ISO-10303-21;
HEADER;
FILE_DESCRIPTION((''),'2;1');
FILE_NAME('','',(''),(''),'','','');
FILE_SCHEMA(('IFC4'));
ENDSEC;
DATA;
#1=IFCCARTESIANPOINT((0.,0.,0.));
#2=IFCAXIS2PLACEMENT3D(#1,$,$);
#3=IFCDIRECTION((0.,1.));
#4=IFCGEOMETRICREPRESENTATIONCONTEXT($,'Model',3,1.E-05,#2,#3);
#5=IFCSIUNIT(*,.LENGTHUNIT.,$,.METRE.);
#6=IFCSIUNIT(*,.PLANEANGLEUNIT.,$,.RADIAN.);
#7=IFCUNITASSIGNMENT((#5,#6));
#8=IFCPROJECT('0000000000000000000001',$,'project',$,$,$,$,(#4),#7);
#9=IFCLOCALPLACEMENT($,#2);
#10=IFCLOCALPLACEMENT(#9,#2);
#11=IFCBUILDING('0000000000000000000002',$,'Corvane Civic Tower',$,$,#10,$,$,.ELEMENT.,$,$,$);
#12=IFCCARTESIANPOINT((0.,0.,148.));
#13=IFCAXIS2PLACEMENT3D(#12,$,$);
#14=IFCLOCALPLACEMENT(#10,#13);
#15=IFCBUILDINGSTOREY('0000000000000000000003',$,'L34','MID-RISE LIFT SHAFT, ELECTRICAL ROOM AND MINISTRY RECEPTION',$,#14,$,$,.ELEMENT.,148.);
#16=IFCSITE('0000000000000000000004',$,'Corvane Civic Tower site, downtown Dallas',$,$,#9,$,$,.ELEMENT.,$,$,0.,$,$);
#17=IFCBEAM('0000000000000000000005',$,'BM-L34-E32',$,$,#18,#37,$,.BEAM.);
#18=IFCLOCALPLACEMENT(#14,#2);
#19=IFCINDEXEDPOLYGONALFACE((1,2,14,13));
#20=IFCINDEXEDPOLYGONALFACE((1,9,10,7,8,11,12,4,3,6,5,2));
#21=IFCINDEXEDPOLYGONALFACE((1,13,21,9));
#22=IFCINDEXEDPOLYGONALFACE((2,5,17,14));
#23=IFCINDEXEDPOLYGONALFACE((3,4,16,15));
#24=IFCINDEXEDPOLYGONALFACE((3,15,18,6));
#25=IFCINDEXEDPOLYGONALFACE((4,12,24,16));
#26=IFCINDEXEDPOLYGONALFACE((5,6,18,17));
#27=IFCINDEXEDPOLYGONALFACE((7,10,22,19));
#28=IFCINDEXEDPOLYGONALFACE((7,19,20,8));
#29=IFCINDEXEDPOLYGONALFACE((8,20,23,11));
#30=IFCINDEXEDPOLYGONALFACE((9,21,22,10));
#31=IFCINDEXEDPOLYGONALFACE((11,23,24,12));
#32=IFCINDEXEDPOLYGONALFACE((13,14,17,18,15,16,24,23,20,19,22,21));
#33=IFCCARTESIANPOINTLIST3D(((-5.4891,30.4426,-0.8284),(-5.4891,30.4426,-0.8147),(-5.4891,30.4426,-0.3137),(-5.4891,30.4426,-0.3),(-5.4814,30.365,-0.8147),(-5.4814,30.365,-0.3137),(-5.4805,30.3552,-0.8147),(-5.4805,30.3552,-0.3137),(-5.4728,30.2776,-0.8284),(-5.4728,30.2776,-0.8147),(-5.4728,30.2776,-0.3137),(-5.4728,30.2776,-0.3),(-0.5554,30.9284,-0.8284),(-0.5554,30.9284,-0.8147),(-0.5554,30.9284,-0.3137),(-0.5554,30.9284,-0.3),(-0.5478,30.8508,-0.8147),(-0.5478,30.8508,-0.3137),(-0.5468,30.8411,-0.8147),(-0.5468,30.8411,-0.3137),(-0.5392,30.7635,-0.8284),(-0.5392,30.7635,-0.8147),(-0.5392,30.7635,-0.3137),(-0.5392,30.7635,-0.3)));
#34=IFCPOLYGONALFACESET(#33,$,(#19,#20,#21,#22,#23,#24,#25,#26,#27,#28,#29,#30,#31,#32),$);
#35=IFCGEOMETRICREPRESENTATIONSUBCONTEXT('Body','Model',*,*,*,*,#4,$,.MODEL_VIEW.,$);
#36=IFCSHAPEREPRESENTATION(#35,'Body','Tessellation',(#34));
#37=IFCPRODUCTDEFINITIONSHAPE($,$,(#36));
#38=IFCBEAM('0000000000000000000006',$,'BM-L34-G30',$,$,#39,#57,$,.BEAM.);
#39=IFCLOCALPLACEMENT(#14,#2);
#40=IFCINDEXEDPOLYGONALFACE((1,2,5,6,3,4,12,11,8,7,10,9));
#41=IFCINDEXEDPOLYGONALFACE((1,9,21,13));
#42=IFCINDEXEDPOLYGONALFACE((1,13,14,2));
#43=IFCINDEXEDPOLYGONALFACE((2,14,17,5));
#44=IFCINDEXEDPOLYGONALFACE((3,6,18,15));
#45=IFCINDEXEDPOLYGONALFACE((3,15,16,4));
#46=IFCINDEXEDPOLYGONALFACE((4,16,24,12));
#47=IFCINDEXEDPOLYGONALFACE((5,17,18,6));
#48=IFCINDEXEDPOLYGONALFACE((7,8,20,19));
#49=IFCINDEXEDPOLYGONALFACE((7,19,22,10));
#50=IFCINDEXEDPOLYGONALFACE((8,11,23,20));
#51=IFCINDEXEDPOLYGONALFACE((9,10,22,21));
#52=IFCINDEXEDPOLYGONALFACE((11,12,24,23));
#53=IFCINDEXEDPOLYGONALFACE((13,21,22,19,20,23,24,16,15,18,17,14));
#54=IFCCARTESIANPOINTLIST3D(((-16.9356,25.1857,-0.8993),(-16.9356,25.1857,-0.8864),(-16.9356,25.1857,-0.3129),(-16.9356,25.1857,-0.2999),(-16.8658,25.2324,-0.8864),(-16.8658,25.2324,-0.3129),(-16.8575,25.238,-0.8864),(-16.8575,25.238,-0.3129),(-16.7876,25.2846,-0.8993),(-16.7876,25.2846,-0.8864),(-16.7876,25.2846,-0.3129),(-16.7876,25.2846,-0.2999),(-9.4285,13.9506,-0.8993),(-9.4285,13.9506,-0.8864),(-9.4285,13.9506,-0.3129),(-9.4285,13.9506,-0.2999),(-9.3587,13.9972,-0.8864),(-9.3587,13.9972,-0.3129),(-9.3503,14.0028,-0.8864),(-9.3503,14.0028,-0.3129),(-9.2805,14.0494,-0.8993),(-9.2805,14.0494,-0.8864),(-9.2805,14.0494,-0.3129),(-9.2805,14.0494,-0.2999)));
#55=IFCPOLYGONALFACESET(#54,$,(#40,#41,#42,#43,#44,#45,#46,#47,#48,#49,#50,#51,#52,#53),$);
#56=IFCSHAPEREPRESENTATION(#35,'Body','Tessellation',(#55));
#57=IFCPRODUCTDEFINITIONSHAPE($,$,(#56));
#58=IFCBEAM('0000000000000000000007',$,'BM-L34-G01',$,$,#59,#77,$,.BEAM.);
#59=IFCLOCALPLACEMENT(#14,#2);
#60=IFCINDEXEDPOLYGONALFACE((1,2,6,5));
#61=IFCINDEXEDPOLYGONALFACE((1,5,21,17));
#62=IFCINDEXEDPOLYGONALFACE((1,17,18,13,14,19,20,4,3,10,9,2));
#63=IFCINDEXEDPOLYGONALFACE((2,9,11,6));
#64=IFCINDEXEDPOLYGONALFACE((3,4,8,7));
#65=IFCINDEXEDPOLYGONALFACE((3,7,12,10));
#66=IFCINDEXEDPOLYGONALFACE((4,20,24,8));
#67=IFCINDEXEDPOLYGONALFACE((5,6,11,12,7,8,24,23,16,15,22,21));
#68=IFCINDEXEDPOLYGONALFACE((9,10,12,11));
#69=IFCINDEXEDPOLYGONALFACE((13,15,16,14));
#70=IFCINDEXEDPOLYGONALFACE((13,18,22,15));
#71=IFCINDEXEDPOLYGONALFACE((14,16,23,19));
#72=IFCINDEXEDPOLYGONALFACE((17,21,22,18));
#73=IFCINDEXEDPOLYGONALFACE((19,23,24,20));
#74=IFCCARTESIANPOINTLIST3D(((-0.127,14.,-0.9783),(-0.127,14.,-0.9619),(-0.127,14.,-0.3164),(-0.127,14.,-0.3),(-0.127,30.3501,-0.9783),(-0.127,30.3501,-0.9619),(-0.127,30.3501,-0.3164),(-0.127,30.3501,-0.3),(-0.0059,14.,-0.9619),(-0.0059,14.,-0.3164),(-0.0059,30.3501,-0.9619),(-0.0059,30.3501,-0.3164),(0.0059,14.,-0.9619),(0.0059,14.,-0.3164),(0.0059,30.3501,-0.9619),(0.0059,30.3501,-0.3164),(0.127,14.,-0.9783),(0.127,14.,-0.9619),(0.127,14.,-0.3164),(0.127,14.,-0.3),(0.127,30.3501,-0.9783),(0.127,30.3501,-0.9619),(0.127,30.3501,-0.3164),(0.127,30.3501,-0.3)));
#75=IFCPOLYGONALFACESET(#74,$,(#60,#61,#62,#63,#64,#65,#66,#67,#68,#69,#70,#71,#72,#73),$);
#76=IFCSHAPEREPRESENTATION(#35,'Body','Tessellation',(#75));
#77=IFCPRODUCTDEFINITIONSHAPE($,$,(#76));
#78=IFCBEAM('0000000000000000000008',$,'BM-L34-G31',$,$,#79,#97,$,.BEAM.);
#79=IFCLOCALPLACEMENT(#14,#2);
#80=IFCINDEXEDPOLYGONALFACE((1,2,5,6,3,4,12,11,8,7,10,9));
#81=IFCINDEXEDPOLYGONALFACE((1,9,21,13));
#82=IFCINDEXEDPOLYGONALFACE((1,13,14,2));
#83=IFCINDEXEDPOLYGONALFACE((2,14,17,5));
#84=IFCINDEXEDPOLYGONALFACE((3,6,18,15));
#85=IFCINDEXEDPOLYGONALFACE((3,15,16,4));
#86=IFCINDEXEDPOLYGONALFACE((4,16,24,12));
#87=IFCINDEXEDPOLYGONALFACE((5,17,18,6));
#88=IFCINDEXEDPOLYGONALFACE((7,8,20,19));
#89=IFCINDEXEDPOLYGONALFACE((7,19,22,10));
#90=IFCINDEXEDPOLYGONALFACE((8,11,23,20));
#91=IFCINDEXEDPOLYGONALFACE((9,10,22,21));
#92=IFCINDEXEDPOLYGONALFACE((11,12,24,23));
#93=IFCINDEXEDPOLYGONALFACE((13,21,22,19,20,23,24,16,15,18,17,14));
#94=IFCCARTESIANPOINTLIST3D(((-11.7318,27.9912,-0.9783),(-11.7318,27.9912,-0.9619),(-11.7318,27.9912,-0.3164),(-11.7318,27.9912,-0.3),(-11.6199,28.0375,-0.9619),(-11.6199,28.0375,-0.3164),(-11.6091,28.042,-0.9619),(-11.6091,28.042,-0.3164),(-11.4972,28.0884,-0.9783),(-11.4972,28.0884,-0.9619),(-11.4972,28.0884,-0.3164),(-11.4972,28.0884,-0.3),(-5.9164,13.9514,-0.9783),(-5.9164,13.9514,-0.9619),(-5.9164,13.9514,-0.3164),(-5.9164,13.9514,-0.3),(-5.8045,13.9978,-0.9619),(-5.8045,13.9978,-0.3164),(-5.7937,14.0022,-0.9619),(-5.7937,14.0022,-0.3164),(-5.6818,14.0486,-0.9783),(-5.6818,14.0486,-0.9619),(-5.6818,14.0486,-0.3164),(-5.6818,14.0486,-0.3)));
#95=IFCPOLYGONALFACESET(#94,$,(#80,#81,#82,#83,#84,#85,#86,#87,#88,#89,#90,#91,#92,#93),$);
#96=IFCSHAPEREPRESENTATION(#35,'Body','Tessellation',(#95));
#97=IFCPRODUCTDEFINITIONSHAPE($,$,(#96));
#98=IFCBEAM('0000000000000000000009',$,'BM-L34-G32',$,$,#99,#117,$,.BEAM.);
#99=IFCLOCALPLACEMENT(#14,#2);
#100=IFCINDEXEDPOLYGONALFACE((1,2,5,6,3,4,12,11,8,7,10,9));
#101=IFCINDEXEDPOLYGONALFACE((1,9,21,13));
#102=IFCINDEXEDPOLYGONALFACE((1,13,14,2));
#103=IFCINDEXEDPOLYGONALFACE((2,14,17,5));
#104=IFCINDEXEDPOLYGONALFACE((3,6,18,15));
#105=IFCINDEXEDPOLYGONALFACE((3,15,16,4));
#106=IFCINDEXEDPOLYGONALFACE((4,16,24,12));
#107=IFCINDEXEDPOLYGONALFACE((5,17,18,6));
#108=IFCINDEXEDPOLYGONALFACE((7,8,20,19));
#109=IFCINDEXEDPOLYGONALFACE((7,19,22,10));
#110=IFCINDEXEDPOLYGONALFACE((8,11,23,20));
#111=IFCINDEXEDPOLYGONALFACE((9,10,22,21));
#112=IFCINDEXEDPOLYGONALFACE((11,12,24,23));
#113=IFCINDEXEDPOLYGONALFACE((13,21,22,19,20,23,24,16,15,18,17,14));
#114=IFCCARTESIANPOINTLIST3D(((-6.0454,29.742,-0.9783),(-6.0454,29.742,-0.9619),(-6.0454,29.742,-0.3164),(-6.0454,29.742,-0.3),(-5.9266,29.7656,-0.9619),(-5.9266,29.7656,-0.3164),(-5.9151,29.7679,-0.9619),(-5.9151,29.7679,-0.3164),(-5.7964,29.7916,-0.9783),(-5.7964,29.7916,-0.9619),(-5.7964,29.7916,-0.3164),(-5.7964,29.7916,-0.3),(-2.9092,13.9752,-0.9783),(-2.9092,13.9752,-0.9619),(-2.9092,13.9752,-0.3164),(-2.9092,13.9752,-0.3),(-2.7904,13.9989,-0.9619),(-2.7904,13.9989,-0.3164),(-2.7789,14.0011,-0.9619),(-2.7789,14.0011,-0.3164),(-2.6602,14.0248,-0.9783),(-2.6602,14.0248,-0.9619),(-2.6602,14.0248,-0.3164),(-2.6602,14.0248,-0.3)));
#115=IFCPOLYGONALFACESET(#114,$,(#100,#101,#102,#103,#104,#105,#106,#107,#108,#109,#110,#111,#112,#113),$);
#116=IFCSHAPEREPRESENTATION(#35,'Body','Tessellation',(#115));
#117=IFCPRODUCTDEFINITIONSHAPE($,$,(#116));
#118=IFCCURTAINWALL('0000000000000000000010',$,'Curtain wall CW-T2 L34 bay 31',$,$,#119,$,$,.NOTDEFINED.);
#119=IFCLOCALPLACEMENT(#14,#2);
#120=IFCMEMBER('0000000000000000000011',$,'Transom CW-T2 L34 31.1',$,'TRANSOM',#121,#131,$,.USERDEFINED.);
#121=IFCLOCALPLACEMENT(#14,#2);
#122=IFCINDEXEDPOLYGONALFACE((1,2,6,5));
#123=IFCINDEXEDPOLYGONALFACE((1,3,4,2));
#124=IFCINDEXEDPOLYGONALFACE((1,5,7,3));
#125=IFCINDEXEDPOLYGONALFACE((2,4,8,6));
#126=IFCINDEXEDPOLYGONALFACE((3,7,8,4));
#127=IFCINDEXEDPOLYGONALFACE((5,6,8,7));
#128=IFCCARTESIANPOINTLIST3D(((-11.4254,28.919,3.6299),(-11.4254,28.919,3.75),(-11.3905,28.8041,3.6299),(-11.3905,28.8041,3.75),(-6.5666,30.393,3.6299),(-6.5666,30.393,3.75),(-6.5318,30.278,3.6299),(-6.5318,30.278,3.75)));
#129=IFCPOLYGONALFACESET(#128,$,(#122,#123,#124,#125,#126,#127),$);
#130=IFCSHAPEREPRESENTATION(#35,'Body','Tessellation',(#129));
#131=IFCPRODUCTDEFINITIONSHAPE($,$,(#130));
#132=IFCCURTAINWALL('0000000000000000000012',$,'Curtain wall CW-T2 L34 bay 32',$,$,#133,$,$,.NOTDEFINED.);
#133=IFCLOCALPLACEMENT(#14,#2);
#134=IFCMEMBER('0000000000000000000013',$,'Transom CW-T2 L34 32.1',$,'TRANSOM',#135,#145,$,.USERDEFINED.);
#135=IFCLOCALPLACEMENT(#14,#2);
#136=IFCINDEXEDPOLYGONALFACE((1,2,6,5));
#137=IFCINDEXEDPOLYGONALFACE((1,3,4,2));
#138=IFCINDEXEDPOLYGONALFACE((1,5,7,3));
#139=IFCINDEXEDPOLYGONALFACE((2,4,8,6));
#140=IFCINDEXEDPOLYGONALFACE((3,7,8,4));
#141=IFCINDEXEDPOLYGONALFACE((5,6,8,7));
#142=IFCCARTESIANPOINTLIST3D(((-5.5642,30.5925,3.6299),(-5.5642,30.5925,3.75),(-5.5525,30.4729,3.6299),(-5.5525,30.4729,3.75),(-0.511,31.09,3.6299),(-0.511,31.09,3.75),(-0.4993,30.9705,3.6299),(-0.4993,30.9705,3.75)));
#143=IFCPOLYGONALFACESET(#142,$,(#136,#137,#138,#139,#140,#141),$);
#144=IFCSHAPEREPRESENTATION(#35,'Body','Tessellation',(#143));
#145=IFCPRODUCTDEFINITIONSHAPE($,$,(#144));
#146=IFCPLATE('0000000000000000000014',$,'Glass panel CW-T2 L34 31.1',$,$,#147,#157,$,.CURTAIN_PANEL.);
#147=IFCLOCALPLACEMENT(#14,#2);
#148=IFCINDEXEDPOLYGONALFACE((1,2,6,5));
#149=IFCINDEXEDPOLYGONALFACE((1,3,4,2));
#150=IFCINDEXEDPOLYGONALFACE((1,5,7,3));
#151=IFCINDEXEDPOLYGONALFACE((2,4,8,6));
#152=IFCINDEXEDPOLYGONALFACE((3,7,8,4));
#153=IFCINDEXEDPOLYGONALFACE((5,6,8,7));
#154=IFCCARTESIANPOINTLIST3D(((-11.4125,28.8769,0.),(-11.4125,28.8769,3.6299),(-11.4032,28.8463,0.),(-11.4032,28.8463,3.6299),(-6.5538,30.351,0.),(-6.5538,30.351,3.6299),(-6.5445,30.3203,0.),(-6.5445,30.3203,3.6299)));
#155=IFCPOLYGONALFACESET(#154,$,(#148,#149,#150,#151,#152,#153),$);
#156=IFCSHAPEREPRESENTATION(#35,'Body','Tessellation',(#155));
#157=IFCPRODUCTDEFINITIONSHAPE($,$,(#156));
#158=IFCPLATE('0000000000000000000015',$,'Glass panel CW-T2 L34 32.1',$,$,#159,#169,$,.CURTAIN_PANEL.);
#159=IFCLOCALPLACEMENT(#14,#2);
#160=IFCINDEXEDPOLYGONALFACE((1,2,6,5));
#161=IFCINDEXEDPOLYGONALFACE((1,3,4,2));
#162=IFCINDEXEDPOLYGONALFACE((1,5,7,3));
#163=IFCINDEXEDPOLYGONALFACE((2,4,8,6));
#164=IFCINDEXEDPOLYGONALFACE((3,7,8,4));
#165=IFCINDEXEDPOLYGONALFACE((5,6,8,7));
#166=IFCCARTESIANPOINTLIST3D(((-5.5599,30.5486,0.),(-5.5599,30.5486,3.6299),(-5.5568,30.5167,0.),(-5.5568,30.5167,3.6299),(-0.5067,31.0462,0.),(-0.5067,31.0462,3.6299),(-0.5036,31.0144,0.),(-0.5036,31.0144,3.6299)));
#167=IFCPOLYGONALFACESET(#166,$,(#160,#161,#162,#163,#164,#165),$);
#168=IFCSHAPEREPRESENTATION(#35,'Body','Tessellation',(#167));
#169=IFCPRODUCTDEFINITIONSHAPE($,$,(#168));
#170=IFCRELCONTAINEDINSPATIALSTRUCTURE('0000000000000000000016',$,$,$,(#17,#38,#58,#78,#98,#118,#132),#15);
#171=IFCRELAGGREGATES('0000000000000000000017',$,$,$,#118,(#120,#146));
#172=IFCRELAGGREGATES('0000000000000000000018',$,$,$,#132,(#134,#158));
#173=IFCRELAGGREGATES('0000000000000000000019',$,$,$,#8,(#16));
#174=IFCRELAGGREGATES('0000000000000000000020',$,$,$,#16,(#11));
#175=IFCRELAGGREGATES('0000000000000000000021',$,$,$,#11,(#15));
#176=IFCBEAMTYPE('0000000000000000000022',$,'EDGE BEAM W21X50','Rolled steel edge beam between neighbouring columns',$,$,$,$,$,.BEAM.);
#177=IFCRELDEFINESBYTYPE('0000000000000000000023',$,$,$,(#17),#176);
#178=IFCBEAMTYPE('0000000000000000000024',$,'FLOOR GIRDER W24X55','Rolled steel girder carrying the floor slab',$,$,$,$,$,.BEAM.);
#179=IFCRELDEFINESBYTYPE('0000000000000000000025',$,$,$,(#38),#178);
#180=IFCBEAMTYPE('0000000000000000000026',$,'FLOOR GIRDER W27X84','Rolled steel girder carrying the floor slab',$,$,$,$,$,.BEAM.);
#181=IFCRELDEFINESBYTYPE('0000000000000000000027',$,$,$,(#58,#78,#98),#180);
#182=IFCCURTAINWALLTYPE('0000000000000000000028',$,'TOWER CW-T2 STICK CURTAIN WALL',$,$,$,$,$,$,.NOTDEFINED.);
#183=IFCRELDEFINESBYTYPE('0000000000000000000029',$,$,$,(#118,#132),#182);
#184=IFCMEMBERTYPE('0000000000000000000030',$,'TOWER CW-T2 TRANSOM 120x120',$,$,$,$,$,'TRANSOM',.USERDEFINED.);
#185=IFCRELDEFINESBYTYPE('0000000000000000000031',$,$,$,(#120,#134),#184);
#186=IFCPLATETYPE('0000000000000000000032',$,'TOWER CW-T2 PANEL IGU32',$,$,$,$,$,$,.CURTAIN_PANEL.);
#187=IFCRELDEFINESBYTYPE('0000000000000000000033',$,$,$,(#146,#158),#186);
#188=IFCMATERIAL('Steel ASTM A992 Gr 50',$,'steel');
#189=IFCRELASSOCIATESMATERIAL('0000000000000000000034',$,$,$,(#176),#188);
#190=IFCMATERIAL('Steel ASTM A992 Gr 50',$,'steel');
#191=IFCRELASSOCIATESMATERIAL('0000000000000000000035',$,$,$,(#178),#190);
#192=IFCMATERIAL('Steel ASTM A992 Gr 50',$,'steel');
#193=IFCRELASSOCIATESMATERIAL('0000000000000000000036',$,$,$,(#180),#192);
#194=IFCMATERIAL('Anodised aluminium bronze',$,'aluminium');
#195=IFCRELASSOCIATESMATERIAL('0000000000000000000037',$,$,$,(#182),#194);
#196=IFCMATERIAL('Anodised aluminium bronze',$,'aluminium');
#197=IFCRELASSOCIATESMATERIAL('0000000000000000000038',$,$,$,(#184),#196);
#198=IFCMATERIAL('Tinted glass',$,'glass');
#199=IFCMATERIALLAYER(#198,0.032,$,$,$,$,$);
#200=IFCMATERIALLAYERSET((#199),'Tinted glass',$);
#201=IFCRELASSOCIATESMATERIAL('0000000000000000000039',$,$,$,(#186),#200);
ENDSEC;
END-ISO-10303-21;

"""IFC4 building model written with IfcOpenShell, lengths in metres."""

from ifc_helpers import new_model, si_unit, direction, frame, origin, origin_2d, place, context, subcontext, project, spatial, rectangle, i_section, extrude, material, layer, layer_set, material_profile, profile_set, type_object, element, aggregate, save


model = new_model("IFC4")

# Units and contexts
model_context = context("Model", 3, precision=1e-05, world=origin(), true_north=direction((0.0, 1.0)))
body_context = subcontext(model_context, "Body", "Model", "MODEL_VIEW")
ifc_project = project(units=[si_unit("LENGTHUNIT", "METRE"), si_unit("PLANEANGLEUNIT", "RADIAN")], contexts=[model_context])

# Site, building, storey
site_placement = place(None, origin())
site = spatial("IfcSite", under=ifc_project, at=site_placement, Name="Corvane Civic Tower site, downtown Dallas", CompositionType="ELEMENT", RefElevation=0.0)
building_placement = place(site_placement, origin())
building = spatial("IfcBuilding", under=site, at=building_placement, Name="Corvane Civic Tower", CompositionType="ELEMENT")
storey_placement = place(building_placement, frame((0.0, 0.0, 148.0)))
storey = spatial("IfcBuildingStorey", under=building, at=storey_placement, Name="L34", Description="MID-RISE LIFT SHAFT, ELECTRICAL ROOM AND MINISTRY RECEPTION", CompositionType="ELEMENT", Elevation=148.0)

# Beams
ifc_material_1 = material(Name="Steel ASTM A992 Gr 50", Category="steel")
ifc_material_profile_1 = material_profile(ifc_material_1, i_section(OverallWidth=0.1658, OverallDepth=0.5283, WebThickness=0.0098, FlangeThickness=0.0137, at=origin_2d()), Name="W21X50")
ifc_profile_set_1 = profile_set([ifc_material_profile_1], Name="Steel ASTM A992 Gr 50")
beam_type_1 = type_object("IfcBeamType", Name="EDGE BEAM W21X50", Description="Rolled steel edge beam between neighbouring columns", PredefinedType="BEAM", material=ifc_profile_set_1)
beam_1_placement = place(storey_placement, frame((-5.481, 30.3601, -0.5642), z_axis=(0.995186, 0.098002, 0.0), x_axis=(-0.098002, 0.995186, 0.0)))
element("IfcBeam", 1, at=beam_1_placement, inside=storey, type_object=beam_type_1, Name="BM-L34-E32", PredefinedType="BEAM", context=body_context, shape_type="SweptSolid", body=[
    extrude(i_section(OverallWidth=0.1658, OverallDepth=0.5283, WebThickness=0.0098, FlangeThickness=0.0137, at=origin_2d()), origin(), (0.0, 0.0, 1.0), 4.9575),
])
ifc_material_2 = material(Name="Steel ASTM A992 Gr 50", Category="steel")
ifc_material_profile_2 = material_profile(ifc_material_2, i_section(OverallWidth=0.178, OverallDepth=0.5994, WebThickness=0.01, FlangeThickness=0.0129, at=origin_2d()), Name="W24X55")
ifc_profile_set_2 = profile_set([ifc_material_profile_2], Name="Steel ASTM A992 Gr 50")
beam_type_2 = type_object("IfcBeamType", Name="FLOOR GIRDER W24X55", Description="Rolled steel girder carrying the floor slab", PredefinedType="BEAM", material=ifc_profile_set_2)
beam_2_placement = place(storey_placement, frame((-9.3545, 14.0, -0.5996), z_axis=(-0.555571, 0.831469, 0.0), x_axis=(-0.831469, -0.555571, 0.0)))
element("IfcBeam", 2, at=beam_2_placement, inside=storey, type_object=beam_type_2, Name="BM-L34-G30", PredefinedType="BEAM", context=body_context, shape_type="SweptSolid", body=[
    extrude(i_section(OverallWidth=0.178, OverallDepth=0.5994, WebThickness=0.01, FlangeThickness=0.0129, at=origin_2d()), origin(), (0.0, 0.0, 1.0), 13.5125),
])
ifc_material_3 = material(Name="Steel ASTM A992 Gr 50", Category="steel")
ifc_material_profile_3 = material_profile(ifc_material_3, i_section(OverallWidth=0.2539, OverallDepth=0.6782, WebThickness=0.0117, FlangeThickness=0.0164, at=origin_2d()), Name="W27X84")
ifc_profile_set_3 = profile_set([ifc_material_profile_3], Name="Steel ASTM A992 Gr 50")
beam_type_3 = type_object("IfcBeamType", Name="FLOOR GIRDER W27X84", Description="Rolled steel girder carrying the floor slab", PredefinedType="BEAM", material=ifc_profile_set_3)
beam_3_placement = place(storey_placement, frame((0.0, 14.0, -0.6392), z_axis=(0.0, 1.0, 0.0), x_axis=(-1.0, 0.0, 0.0)))
element("IfcBeam", 3, at=beam_3_placement, inside=storey, type_object=beam_type_3, Name="BM-L34-G01", PredefinedType="BEAM", context=body_context, shape_type="SweptSolid", body=[
    extrude(i_section(OverallWidth=0.2539, OverallDepth=0.6782, WebThickness=0.0117, FlangeThickness=0.0164, at=origin_2d()), origin(), (0.0, 0.0, 1.0), 16.3501),
])
beam_4_placement = place(storey_placement, frame((-5.7991, 14.0, -0.6392), z_axis=(-0.382681, 0.923881, 0.0), x_axis=(-0.923881, -0.382681, 0.0)))
element("IfcBeam", 4, at=beam_4_placement, inside=storey, type_object=beam_type_3, Name="BM-L34-G31", PredefinedType="BEAM", context=body_context, shape_type="SweptSolid", body=[
    extrude(i_section(OverallWidth=0.2539, OverallDepth=0.6782, WebThickness=0.0117, FlangeThickness=0.0164, at=origin_2d()), origin(), (0.0, 0.0, 1.0), 15.1965),
])
beam_5_placement = place(storey_placement, frame((-2.7847, 14.0, -0.6392), z_axis=(-0.195091, 0.980785, 0.0), x_axis=(-0.980785, -0.195091, 0.0)))
element("IfcBeam", 5, at=beam_5_placement, inside=storey, type_object=beam_type_3, Name="BM-L34-G32", PredefinedType="BEAM", context=body_context, shape_type="SweptSolid", body=[
    extrude(i_section(OverallWidth=0.2539, OverallDepth=0.6782, WebThickness=0.0117, FlangeThickness=0.0164, at=origin_2d()), origin(), (0.0, 0.0, 1.0), 16.0757),
])

# Curtain walls, members
ifc_material_4 = material(Name="Anodised aluminium bronze", Category="aluminium")
curtain_wall_type = type_object("IfcCurtainWallType", Name="TOWER CW-T2 STICK CURTAIN WALL", PredefinedType="NOTDEFINED", material=ifc_material_4)
curtain_wall_1_placement = place(storey_placement, origin())
curtain_wall_1 = element("IfcCurtainWall", 6, at=curtain_wall_1_placement, inside=storey, type_object=curtain_wall_type, Name="Curtain wall CW-T2 L34 bay 31", PredefinedType="NOTDEFINED")
ifc_material_5 = material(Name="Anodised aluminium bronze", Category="aluminium")
ifc_material_profile_4 = material_profile(ifc_material_5, rectangle(XDim=0.1201, YDim=0.1201, at=origin_2d()), Name="TOWER CW-T2 TRANSOM 120x120")
ifc_profile_set_4 = profile_set([ifc_material_profile_4], Name="Anodised aluminium bronze")
member_type = type_object("IfcMemberType", Name="TOWER CW-T2 TRANSOM 120x120", ElementType="TRANSOM", PredefinedType="USERDEFINED", material=ifc_profile_set_4)
member_1_placement = place(storey_placement, frame((-11.408, 28.8616, 3.6899), z_axis=(0.956939, 0.290289, 0.0), x_axis=(-0.290289, 0.956939, 0.0)))
member_1 = element("IfcMember", 7, at=member_1_placement, type_object=member_type, Name="Transom CW-T2 L34 31.1", ObjectType="TRANSOM", PredefinedType="USERDEFINED", context=body_context, shape_type="SweptSolid", body=[
    extrude(rectangle(XDim=0.1201, YDim=0.1201, at=origin_2d()), origin(), (0.0, 0.0, 1.0), 5.0774),
])
curtain_wall_2_placement = place(storey_placement, origin())
curtain_wall_2 = element("IfcCurtainWall", 8, at=curtain_wall_2_placement, inside=storey, type_object=curtain_wall_type, Name="Curtain wall CW-T2 L34 bay 32", PredefinedType="NOTDEFINED")
member_2_placement = place(storey_placement, frame((-5.5583, 30.5327, 3.6899), z_axis=(0.995187, 0.09799, 0.0), x_axis=(-0.09799, 0.995187, 0.0)))
member_2 = element("IfcMember", 9, at=member_2_placement, type_object=member_type, Name="Transom CW-T2 L34 32.1", ObjectType="TRANSOM", PredefinedType="USERDEFINED", context=body_context, shape_type="SweptSolid", body=[
    extrude(rectangle(XDim=0.1201, YDim=0.1201, at=origin_2d()), origin(), (0.0, 0.0, 1.0), 5.0776),
])

# Plates
ifc_material_6 = material(Name="Tinted glass", Category="glass")
ifc_layer_1 = layer(ifc_material_6, 0.032)
ifc_layer_set_1 = layer_set([ifc_layer_1], Name="Tinted glass")
plate_type = type_object("IfcPlateType", Name="TOWER CW-T2 PANEL IGU32", PredefinedType="CURTAIN_PANEL", material=ifc_layer_set_1)
plate_1_placement = place(storey_placement, frame((-8.9785, 29.5986, 0.0), z_axis=(0.0, 0.0, 1.0), x_axis=(0.956932, 0.290313, 0.0)))
plate_1 = element("IfcPlate", 10, at=plate_1_placement, type_object=plate_type, Name="Glass panel CW-T2 L34 31.1", PredefinedType="CURTAIN_PANEL", context=body_context, shape_type="SweptSolid", body=[
    extrude(rectangle(XDim=5.0774, YDim=0.032, at=origin_2d()), origin(), (0.0, 0.0, 1.0), 3.6299),
])
aggregate(curtain_wall_1, [member_1, plate_1])
plate_2_placement = place(storey_placement, frame((-3.0317, 30.7815, 0.0), z_axis=(0.0, 0.0, 1.0), x_axis=(0.995185, 0.098012, 0.0)))
plate_2 = element("IfcPlate", 11, at=plate_2_placement, type_object=plate_type, Name="Glass panel CW-T2 L34 32.1", PredefinedType="CURTAIN_PANEL", context=body_context, shape_type="SweptSolid", body=[
    extrude(rectangle(XDim=5.0776, YDim=0.032, at=origin_2d()), origin(), (0.0, 0.0, 1.0), 3.6299),
])
aggregate(curtain_wall_2, [member_2, plate_2])

save(model, "model.ifc")
